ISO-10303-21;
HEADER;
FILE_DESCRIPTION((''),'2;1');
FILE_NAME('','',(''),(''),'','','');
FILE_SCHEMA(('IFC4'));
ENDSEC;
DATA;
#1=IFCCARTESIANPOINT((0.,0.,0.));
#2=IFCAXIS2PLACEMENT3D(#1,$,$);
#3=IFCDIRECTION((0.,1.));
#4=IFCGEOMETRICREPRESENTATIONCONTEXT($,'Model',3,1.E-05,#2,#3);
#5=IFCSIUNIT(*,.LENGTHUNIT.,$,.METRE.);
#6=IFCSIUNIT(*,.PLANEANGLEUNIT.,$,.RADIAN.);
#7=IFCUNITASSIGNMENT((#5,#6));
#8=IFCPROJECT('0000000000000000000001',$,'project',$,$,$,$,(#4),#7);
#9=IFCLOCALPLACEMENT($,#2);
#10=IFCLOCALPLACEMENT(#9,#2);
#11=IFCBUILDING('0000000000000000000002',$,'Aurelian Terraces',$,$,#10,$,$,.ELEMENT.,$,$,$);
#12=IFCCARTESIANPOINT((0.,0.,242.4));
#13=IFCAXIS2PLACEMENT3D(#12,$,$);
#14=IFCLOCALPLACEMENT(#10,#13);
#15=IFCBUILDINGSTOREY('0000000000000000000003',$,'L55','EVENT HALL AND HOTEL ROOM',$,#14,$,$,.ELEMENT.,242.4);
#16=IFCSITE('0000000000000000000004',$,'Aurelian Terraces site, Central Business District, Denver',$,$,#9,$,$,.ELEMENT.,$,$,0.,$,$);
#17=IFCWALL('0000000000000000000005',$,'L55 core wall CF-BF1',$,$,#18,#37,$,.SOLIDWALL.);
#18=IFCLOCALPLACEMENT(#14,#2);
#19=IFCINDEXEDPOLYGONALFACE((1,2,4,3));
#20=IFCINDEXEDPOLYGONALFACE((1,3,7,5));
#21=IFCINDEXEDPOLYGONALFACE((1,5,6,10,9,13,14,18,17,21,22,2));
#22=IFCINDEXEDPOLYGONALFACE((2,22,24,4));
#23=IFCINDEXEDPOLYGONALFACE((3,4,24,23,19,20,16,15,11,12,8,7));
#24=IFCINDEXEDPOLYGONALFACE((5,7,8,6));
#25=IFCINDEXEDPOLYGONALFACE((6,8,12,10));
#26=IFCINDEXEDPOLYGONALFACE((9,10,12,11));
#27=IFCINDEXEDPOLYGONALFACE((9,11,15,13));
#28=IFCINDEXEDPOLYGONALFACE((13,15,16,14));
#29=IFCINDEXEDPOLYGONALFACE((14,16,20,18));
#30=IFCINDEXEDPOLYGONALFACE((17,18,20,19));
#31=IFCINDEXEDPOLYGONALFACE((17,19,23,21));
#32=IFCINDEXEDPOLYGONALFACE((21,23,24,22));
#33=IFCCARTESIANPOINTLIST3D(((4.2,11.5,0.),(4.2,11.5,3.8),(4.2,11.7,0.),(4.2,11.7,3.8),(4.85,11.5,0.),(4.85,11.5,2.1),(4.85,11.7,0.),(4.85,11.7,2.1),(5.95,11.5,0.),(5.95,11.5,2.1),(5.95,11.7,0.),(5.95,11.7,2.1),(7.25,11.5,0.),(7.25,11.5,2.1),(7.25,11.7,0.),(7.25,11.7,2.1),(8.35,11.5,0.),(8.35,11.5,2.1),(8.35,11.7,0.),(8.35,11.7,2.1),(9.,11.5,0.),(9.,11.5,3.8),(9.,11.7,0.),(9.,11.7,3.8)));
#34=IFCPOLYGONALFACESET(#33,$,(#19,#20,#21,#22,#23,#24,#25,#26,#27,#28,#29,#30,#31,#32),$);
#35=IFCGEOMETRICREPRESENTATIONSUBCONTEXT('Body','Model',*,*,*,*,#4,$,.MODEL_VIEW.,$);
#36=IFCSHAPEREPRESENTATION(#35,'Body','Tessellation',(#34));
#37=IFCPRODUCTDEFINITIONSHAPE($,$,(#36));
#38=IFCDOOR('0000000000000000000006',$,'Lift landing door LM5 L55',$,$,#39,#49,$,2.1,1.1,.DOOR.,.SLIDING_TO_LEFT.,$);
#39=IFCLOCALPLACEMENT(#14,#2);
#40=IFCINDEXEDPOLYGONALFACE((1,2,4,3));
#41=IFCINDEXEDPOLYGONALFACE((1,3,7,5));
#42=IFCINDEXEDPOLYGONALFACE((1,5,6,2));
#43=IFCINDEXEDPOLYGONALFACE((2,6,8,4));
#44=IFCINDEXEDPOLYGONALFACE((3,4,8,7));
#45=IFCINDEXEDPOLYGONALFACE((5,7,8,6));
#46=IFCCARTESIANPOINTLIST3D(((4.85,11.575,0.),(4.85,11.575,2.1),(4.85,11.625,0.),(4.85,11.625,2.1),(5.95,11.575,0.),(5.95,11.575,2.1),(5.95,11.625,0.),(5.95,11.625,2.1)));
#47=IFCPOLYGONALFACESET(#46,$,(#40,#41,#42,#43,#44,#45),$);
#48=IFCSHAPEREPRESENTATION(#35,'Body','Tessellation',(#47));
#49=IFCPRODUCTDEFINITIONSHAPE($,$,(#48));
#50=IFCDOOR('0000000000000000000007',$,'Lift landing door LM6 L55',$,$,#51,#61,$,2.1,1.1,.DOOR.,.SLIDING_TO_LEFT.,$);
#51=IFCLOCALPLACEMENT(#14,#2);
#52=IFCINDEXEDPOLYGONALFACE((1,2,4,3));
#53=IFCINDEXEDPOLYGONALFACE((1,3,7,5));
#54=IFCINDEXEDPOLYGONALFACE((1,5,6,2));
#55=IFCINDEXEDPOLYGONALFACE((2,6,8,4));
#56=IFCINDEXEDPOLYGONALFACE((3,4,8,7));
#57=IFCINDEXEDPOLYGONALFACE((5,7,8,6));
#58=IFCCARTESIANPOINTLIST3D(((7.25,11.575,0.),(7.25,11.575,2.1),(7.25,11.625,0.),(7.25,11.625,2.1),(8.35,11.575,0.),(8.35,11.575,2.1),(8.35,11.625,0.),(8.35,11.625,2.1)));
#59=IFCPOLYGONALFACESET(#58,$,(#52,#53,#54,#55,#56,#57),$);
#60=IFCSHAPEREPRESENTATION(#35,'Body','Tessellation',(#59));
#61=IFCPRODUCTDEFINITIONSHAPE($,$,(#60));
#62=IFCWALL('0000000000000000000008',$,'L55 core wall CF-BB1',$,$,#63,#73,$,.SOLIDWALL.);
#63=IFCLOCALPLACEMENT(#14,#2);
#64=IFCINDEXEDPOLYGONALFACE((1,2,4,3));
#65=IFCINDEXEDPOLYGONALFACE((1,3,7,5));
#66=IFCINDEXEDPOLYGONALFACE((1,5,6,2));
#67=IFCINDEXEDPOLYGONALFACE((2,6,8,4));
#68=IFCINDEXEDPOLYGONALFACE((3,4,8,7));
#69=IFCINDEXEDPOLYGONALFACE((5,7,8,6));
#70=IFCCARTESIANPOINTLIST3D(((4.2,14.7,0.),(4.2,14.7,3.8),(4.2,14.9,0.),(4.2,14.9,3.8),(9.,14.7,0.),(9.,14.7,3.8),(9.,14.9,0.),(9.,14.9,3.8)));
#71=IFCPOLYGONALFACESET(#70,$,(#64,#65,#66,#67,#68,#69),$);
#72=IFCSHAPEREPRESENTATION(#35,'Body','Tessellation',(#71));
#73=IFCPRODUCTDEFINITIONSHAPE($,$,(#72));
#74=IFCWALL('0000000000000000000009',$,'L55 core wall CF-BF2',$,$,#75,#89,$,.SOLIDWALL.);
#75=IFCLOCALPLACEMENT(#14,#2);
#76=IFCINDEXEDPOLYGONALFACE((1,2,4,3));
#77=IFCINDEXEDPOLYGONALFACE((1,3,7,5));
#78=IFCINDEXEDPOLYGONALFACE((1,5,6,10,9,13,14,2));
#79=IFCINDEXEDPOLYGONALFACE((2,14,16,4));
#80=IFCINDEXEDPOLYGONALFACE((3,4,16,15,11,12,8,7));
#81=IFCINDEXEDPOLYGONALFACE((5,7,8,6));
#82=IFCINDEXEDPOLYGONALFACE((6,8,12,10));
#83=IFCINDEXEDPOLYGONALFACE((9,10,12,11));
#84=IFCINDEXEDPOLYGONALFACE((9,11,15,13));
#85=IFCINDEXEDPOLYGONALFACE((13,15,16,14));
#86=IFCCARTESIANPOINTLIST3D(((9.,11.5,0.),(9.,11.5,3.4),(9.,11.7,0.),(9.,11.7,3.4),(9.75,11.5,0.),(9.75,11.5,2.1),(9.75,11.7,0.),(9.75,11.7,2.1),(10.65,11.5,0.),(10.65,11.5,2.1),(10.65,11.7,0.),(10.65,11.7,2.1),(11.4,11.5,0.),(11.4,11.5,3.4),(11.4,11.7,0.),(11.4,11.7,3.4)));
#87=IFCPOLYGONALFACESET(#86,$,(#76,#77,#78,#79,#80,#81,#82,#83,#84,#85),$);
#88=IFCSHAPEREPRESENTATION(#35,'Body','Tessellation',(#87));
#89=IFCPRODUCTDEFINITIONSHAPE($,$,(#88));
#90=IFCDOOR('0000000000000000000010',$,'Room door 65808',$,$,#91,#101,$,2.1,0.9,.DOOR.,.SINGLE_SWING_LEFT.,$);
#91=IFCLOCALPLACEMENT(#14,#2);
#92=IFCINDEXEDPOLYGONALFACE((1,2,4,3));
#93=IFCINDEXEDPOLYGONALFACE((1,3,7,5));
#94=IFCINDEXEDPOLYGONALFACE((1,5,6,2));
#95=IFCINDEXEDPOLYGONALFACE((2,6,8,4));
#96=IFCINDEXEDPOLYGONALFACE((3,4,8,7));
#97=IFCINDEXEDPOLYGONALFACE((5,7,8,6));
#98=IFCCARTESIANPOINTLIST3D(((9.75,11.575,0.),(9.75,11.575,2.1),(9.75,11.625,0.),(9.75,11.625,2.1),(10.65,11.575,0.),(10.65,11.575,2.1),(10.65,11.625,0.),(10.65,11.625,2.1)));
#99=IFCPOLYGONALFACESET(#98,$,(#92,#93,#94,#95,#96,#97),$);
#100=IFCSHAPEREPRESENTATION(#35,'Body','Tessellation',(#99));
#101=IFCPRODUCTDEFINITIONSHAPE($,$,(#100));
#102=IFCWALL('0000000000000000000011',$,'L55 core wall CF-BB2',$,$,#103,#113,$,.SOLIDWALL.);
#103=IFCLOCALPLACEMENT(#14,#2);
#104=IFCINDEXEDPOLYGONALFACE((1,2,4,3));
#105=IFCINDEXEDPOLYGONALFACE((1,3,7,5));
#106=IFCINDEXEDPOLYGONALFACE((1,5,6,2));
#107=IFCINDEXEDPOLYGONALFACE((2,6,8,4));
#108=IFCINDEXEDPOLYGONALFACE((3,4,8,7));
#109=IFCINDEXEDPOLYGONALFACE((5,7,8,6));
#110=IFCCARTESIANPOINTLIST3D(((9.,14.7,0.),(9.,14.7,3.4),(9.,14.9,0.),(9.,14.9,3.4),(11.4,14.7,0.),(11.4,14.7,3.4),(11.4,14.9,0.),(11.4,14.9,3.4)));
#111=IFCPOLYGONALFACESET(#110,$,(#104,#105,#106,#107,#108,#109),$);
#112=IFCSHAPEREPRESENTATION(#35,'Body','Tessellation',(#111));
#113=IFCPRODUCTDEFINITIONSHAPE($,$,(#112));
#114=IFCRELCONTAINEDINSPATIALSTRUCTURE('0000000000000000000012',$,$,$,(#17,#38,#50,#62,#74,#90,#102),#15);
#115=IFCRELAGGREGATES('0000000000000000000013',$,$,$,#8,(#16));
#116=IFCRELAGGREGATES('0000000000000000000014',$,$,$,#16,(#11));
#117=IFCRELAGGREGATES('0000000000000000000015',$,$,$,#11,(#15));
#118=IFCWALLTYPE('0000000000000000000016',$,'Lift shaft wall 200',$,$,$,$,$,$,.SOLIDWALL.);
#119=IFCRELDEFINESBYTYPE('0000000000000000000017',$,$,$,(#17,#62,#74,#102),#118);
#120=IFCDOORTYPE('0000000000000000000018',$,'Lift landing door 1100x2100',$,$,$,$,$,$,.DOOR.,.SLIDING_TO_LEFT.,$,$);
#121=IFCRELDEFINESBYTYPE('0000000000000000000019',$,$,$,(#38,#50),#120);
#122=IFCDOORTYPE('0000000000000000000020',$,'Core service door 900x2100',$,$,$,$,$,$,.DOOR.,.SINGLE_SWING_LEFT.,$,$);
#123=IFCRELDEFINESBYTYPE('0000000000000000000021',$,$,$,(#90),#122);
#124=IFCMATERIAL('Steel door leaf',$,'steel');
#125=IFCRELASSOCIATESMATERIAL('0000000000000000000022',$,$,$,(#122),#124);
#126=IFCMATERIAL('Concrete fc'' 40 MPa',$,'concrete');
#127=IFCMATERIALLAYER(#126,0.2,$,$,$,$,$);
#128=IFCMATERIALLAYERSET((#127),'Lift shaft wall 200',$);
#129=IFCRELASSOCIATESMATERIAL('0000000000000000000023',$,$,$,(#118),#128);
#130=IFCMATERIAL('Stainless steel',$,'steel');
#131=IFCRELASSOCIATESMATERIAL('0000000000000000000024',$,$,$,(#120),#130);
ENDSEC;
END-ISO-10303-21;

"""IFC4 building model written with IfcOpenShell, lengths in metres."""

from ifc_helpers import new_model, si_unit, direction, frame, frame_2d, origin, place, context, subcontext, project, spatial, rectangle, extrude, source, transform, mapped, material, layer, layer_set, type_object, element, fill, save


model = new_model("IFC4")

# Units and contexts
model_context = context("Model", 3, precision=1e-05, world=origin(), true_north=direction((0.0, 1.0)))
body_context = subcontext(model_context, "Body", "Model", "MODEL_VIEW")
ifc_project = project(units=[si_unit("LENGTHUNIT", "METRE"), si_unit("PLANEANGLEUNIT", "RADIAN")], contexts=[model_context])

# Site, building, storey
site_placement = place(None, origin())
site = spatial("IfcSite", under=ifc_project, at=site_placement, Name="Aurelian Terraces site, Central Business District, Denver", CompositionType="ELEMENT", RefElevation=0.0)
building_placement = place(site_placement, origin())
building = spatial("IfcBuilding", under=site, at=building_placement, Name="Aurelian Terraces", CompositionType="ELEMENT")
storey_placement = place(building_placement, frame((0.0, 0.0, 242.4)))
storey = spatial("IfcBuildingStorey", under=building, at=storey_placement, Name="L55", Description="EVENT HALL AND HOTEL ROOM", CompositionType="ELEMENT", Elevation=242.4)

# Shared definitions
ifc_material_1 = material(Name="Steel door leaf", Category="steel")
shared_shape_1 = source(origin(), body_context, "Body", "SweptSolid", [
    extrude(rectangle(XDim=0.9, YDim=2.1, at=frame_2d((0.45, 1.05))), frame((0.0, 0.025, 0.0), z_axis=(0.0, -1.0, 0.0), x_axis=(1.0, 0.0, 0.0)), (0.0, 0.0, 1.0), 0.05),
])

# Shared definitions
door_type_1 = type_object("IfcDoorType", Name="Core service door 900x2100", OperationType="SINGLE_SWING_LEFT", PredefinedType="DOOR", material=ifc_material_1)

# Shared definitions
ifc_material_2 = material(Name="Concrete fc' 40 MPa", Category="concrete")
ifc_layer_1 = layer(ifc_material_2, 0.2)
ifc_layer_set_1 = layer_set([ifc_layer_1], Name="Lift shaft wall 200")
wall_type_1 = type_object("IfcWallType", Name="Lift shaft wall 200", PredefinedType="SOLIDWALL", material=ifc_layer_set_1)

# Wall, openings, doors
shared_shape_2 = source(origin(), body_context, "Body", "SweptSolid", [
    extrude(rectangle(XDim=1.1, YDim=2.1, at=frame_2d((0.55, 1.05))), frame((0.0, 0.11, 0.0), z_axis=(0.0, -1.0, 0.0), x_axis=(1.0, 0.0, 0.0)), (0.0, 0.0, 1.0), 0.22),
])
ifc_material_3 = material(Name="Stainless steel", Category="steel")
door_type_2 = type_object("IfcDoorType", Name="Lift landing door 1100x2100", OperationType="SLIDING_TO_LEFT", PredefinedType="DOOR", material=ifc_material_3)
shared_shape_3 = source(origin(), body_context, "Body", "SweptSolid", [
    extrude(rectangle(XDim=1.1, YDim=2.1, at=frame_2d((0.55, 1.05))), frame((0.0, 0.025, 0.0), z_axis=(0.0, -1.0, 0.0), x_axis=(1.0, 0.0, 0.0)), (0.0, 0.0, 1.0), 0.05),
])
shared_shape_4 = source(origin(), body_context, "Body", "SweptSolid", [
    extrude(rectangle(XDim=4.8, YDim=0.2, at=frame_2d((2.4, 0.0))), origin(), (0.0, 0.0, 1.0), 3.8),
])
wall_1_placement = place(storey_placement, frame((4.2, 11.6, 0.0), z_axis=(0.0, 0.0, 1.0), x_axis=(1.0, 0.0, 0.0)))
wall_1 = element("IfcWall", 1, at=wall_1_placement, inside=storey, type_object=wall_type_1, Name="L55 core wall CF-BF1", PredefinedType="SOLIDWALL", context=body_context, shape_type="MappedRepresentation", body=[
    mapped(shared_shape_4, transform((0.0, 0.0, 0.0), scale=1.0)),
])
opening_1_placement = place(wall_1_placement, frame((0.65, 0.0, 0.0)))
opening_1 = element("IfcOpeningElement", 2, at=opening_1_placement, cuts=wall_1, PredefinedType="OPENING", context=body_context, shape_type="MappedRepresentation", body=[
    mapped(shared_shape_2, transform((0.0, 0.0, 0.0), scale=1.0)),
])
opening_2_placement = place(wall_1_placement, frame((3.05, 0.0, 0.0)))
opening_2 = element("IfcOpeningElement", 3, at=opening_2_placement, cuts=wall_1, PredefinedType="OPENING", context=body_context, shape_type="MappedRepresentation", body=[
    mapped(shared_shape_2, transform((0.0, 0.0, 0.0), scale=1.0)),
])
door_1_placement = place(opening_1_placement, origin())
door_1 = element("IfcDoor", 4, at=door_1_placement, inside=storey, type_object=door_type_2, Name="Lift landing door LM5 L55", OperationType="SLIDING_TO_LEFT", OverallHeight=2.1, OverallWidth=1.1, PredefinedType="DOOR", context=body_context, shape_type="MappedRepresentation", body=[
    mapped(shared_shape_3, transform((0.0, 0.0, 0.0), scale=1.0)),
])
fill(opening_1, door_1)
door_2_placement = place(opening_2_placement, origin())
door_2 = element("IfcDoor", 5, at=door_2_placement, inside=storey, type_object=door_type_2, Name="Lift landing door LM6 L55", OperationType="SLIDING_TO_LEFT", OverallHeight=2.1, OverallWidth=1.1, PredefinedType="DOOR", context=body_context, shape_type="MappedRepresentation", body=[
    mapped(shared_shape_3, transform((0.0, 0.0, 0.0), scale=1.0)),
])
fill(opening_2, door_2)

# Wall
wall_2_placement = place(storey_placement, frame((4.2, 14.8, 0.0), z_axis=(0.0, 0.0, 1.0), x_axis=(1.0, 0.0, 0.0)))
element("IfcWall", 6, at=wall_2_placement, inside=storey, type_object=wall_type_1, Name="L55 core wall CF-BB1", PredefinedType="SOLIDWALL", context=body_context, shape_type="MappedRepresentation", body=[
    mapped(shared_shape_4, transform((0.0, 0.0, 0.0), scale=1.0)),
])

# Wall, opening, door
shared_shape_5 = source(origin(), body_context, "Body", "SweptSolid", [
    extrude(rectangle(XDim=2.4, YDim=0.2, at=frame_2d((1.2, 0.0))), origin(), (0.0, 0.0, 1.0), 3.4),
])
wall_3_placement = place(storey_placement, frame((9.0, 11.6, 0.0), z_axis=(0.0, 0.0, 1.0), x_axis=(1.0, 0.0, 0.0)))
wall_3 = element("IfcWall", 7, at=wall_3_placement, inside=storey, type_object=wall_type_1, Name="L55 core wall CF-BF2", PredefinedType="SOLIDWALL", context=body_context, shape_type="MappedRepresentation", body=[
    mapped(shared_shape_5, transform((0.0, 0.0, 0.0), scale=1.0)),
])
shared_shape_6 = source(origin(), body_context, "Body", "SweptSolid", [
    extrude(rectangle(XDim=0.9, YDim=2.1, at=frame_2d((0.45, 1.05))), frame((0.0, 0.11, 0.0), z_axis=(0.0, -1.0, 0.0), x_axis=(1.0, 0.0, 0.0)), (0.0, 0.0, 1.0), 0.22),
])
opening_3_placement = place(wall_3_placement, frame((0.75, 0.0, 0.0)))
opening_3 = element("IfcOpeningElement", 8, at=opening_3_placement, cuts=wall_3, PredefinedType="OPENING", context=body_context, shape_type="MappedRepresentation", body=[
    mapped(shared_shape_6, transform((0.0, 0.0, 0.0), scale=1.0)),
])
door_3_placement = place(opening_3_placement, origin())
door_3 = element("IfcDoor", 9, at=door_3_placement, inside=storey, type_object=door_type_1, Name="Room door 65808", OperationType="SINGLE_SWING_LEFT", OverallHeight=2.1, OverallWidth=0.9, PredefinedType="DOOR", context=body_context, shape_type="MappedRepresentation", body=[
    mapped(shared_shape_1, transform((0.0, 0.0, 0.0), scale=1.0)),
])
fill(opening_3, door_3)

# Wall
wall_4_placement = place(storey_placement, frame((9.0, 14.8, 0.0), z_axis=(0.0, 0.0, 1.0), x_axis=(1.0, 0.0, 0.0)))
element("IfcWall", 10, at=wall_4_placement, inside=storey, type_object=wall_type_1, Name="L55 core wall CF-BB2", PredefinedType="SOLIDWALL", context=body_context, shape_type="MappedRepresentation", body=[
    mapped(shared_shape_5, transform((0.0, 0.0, 0.0), scale=1.0)),
])

save(model, "model.ifc")
